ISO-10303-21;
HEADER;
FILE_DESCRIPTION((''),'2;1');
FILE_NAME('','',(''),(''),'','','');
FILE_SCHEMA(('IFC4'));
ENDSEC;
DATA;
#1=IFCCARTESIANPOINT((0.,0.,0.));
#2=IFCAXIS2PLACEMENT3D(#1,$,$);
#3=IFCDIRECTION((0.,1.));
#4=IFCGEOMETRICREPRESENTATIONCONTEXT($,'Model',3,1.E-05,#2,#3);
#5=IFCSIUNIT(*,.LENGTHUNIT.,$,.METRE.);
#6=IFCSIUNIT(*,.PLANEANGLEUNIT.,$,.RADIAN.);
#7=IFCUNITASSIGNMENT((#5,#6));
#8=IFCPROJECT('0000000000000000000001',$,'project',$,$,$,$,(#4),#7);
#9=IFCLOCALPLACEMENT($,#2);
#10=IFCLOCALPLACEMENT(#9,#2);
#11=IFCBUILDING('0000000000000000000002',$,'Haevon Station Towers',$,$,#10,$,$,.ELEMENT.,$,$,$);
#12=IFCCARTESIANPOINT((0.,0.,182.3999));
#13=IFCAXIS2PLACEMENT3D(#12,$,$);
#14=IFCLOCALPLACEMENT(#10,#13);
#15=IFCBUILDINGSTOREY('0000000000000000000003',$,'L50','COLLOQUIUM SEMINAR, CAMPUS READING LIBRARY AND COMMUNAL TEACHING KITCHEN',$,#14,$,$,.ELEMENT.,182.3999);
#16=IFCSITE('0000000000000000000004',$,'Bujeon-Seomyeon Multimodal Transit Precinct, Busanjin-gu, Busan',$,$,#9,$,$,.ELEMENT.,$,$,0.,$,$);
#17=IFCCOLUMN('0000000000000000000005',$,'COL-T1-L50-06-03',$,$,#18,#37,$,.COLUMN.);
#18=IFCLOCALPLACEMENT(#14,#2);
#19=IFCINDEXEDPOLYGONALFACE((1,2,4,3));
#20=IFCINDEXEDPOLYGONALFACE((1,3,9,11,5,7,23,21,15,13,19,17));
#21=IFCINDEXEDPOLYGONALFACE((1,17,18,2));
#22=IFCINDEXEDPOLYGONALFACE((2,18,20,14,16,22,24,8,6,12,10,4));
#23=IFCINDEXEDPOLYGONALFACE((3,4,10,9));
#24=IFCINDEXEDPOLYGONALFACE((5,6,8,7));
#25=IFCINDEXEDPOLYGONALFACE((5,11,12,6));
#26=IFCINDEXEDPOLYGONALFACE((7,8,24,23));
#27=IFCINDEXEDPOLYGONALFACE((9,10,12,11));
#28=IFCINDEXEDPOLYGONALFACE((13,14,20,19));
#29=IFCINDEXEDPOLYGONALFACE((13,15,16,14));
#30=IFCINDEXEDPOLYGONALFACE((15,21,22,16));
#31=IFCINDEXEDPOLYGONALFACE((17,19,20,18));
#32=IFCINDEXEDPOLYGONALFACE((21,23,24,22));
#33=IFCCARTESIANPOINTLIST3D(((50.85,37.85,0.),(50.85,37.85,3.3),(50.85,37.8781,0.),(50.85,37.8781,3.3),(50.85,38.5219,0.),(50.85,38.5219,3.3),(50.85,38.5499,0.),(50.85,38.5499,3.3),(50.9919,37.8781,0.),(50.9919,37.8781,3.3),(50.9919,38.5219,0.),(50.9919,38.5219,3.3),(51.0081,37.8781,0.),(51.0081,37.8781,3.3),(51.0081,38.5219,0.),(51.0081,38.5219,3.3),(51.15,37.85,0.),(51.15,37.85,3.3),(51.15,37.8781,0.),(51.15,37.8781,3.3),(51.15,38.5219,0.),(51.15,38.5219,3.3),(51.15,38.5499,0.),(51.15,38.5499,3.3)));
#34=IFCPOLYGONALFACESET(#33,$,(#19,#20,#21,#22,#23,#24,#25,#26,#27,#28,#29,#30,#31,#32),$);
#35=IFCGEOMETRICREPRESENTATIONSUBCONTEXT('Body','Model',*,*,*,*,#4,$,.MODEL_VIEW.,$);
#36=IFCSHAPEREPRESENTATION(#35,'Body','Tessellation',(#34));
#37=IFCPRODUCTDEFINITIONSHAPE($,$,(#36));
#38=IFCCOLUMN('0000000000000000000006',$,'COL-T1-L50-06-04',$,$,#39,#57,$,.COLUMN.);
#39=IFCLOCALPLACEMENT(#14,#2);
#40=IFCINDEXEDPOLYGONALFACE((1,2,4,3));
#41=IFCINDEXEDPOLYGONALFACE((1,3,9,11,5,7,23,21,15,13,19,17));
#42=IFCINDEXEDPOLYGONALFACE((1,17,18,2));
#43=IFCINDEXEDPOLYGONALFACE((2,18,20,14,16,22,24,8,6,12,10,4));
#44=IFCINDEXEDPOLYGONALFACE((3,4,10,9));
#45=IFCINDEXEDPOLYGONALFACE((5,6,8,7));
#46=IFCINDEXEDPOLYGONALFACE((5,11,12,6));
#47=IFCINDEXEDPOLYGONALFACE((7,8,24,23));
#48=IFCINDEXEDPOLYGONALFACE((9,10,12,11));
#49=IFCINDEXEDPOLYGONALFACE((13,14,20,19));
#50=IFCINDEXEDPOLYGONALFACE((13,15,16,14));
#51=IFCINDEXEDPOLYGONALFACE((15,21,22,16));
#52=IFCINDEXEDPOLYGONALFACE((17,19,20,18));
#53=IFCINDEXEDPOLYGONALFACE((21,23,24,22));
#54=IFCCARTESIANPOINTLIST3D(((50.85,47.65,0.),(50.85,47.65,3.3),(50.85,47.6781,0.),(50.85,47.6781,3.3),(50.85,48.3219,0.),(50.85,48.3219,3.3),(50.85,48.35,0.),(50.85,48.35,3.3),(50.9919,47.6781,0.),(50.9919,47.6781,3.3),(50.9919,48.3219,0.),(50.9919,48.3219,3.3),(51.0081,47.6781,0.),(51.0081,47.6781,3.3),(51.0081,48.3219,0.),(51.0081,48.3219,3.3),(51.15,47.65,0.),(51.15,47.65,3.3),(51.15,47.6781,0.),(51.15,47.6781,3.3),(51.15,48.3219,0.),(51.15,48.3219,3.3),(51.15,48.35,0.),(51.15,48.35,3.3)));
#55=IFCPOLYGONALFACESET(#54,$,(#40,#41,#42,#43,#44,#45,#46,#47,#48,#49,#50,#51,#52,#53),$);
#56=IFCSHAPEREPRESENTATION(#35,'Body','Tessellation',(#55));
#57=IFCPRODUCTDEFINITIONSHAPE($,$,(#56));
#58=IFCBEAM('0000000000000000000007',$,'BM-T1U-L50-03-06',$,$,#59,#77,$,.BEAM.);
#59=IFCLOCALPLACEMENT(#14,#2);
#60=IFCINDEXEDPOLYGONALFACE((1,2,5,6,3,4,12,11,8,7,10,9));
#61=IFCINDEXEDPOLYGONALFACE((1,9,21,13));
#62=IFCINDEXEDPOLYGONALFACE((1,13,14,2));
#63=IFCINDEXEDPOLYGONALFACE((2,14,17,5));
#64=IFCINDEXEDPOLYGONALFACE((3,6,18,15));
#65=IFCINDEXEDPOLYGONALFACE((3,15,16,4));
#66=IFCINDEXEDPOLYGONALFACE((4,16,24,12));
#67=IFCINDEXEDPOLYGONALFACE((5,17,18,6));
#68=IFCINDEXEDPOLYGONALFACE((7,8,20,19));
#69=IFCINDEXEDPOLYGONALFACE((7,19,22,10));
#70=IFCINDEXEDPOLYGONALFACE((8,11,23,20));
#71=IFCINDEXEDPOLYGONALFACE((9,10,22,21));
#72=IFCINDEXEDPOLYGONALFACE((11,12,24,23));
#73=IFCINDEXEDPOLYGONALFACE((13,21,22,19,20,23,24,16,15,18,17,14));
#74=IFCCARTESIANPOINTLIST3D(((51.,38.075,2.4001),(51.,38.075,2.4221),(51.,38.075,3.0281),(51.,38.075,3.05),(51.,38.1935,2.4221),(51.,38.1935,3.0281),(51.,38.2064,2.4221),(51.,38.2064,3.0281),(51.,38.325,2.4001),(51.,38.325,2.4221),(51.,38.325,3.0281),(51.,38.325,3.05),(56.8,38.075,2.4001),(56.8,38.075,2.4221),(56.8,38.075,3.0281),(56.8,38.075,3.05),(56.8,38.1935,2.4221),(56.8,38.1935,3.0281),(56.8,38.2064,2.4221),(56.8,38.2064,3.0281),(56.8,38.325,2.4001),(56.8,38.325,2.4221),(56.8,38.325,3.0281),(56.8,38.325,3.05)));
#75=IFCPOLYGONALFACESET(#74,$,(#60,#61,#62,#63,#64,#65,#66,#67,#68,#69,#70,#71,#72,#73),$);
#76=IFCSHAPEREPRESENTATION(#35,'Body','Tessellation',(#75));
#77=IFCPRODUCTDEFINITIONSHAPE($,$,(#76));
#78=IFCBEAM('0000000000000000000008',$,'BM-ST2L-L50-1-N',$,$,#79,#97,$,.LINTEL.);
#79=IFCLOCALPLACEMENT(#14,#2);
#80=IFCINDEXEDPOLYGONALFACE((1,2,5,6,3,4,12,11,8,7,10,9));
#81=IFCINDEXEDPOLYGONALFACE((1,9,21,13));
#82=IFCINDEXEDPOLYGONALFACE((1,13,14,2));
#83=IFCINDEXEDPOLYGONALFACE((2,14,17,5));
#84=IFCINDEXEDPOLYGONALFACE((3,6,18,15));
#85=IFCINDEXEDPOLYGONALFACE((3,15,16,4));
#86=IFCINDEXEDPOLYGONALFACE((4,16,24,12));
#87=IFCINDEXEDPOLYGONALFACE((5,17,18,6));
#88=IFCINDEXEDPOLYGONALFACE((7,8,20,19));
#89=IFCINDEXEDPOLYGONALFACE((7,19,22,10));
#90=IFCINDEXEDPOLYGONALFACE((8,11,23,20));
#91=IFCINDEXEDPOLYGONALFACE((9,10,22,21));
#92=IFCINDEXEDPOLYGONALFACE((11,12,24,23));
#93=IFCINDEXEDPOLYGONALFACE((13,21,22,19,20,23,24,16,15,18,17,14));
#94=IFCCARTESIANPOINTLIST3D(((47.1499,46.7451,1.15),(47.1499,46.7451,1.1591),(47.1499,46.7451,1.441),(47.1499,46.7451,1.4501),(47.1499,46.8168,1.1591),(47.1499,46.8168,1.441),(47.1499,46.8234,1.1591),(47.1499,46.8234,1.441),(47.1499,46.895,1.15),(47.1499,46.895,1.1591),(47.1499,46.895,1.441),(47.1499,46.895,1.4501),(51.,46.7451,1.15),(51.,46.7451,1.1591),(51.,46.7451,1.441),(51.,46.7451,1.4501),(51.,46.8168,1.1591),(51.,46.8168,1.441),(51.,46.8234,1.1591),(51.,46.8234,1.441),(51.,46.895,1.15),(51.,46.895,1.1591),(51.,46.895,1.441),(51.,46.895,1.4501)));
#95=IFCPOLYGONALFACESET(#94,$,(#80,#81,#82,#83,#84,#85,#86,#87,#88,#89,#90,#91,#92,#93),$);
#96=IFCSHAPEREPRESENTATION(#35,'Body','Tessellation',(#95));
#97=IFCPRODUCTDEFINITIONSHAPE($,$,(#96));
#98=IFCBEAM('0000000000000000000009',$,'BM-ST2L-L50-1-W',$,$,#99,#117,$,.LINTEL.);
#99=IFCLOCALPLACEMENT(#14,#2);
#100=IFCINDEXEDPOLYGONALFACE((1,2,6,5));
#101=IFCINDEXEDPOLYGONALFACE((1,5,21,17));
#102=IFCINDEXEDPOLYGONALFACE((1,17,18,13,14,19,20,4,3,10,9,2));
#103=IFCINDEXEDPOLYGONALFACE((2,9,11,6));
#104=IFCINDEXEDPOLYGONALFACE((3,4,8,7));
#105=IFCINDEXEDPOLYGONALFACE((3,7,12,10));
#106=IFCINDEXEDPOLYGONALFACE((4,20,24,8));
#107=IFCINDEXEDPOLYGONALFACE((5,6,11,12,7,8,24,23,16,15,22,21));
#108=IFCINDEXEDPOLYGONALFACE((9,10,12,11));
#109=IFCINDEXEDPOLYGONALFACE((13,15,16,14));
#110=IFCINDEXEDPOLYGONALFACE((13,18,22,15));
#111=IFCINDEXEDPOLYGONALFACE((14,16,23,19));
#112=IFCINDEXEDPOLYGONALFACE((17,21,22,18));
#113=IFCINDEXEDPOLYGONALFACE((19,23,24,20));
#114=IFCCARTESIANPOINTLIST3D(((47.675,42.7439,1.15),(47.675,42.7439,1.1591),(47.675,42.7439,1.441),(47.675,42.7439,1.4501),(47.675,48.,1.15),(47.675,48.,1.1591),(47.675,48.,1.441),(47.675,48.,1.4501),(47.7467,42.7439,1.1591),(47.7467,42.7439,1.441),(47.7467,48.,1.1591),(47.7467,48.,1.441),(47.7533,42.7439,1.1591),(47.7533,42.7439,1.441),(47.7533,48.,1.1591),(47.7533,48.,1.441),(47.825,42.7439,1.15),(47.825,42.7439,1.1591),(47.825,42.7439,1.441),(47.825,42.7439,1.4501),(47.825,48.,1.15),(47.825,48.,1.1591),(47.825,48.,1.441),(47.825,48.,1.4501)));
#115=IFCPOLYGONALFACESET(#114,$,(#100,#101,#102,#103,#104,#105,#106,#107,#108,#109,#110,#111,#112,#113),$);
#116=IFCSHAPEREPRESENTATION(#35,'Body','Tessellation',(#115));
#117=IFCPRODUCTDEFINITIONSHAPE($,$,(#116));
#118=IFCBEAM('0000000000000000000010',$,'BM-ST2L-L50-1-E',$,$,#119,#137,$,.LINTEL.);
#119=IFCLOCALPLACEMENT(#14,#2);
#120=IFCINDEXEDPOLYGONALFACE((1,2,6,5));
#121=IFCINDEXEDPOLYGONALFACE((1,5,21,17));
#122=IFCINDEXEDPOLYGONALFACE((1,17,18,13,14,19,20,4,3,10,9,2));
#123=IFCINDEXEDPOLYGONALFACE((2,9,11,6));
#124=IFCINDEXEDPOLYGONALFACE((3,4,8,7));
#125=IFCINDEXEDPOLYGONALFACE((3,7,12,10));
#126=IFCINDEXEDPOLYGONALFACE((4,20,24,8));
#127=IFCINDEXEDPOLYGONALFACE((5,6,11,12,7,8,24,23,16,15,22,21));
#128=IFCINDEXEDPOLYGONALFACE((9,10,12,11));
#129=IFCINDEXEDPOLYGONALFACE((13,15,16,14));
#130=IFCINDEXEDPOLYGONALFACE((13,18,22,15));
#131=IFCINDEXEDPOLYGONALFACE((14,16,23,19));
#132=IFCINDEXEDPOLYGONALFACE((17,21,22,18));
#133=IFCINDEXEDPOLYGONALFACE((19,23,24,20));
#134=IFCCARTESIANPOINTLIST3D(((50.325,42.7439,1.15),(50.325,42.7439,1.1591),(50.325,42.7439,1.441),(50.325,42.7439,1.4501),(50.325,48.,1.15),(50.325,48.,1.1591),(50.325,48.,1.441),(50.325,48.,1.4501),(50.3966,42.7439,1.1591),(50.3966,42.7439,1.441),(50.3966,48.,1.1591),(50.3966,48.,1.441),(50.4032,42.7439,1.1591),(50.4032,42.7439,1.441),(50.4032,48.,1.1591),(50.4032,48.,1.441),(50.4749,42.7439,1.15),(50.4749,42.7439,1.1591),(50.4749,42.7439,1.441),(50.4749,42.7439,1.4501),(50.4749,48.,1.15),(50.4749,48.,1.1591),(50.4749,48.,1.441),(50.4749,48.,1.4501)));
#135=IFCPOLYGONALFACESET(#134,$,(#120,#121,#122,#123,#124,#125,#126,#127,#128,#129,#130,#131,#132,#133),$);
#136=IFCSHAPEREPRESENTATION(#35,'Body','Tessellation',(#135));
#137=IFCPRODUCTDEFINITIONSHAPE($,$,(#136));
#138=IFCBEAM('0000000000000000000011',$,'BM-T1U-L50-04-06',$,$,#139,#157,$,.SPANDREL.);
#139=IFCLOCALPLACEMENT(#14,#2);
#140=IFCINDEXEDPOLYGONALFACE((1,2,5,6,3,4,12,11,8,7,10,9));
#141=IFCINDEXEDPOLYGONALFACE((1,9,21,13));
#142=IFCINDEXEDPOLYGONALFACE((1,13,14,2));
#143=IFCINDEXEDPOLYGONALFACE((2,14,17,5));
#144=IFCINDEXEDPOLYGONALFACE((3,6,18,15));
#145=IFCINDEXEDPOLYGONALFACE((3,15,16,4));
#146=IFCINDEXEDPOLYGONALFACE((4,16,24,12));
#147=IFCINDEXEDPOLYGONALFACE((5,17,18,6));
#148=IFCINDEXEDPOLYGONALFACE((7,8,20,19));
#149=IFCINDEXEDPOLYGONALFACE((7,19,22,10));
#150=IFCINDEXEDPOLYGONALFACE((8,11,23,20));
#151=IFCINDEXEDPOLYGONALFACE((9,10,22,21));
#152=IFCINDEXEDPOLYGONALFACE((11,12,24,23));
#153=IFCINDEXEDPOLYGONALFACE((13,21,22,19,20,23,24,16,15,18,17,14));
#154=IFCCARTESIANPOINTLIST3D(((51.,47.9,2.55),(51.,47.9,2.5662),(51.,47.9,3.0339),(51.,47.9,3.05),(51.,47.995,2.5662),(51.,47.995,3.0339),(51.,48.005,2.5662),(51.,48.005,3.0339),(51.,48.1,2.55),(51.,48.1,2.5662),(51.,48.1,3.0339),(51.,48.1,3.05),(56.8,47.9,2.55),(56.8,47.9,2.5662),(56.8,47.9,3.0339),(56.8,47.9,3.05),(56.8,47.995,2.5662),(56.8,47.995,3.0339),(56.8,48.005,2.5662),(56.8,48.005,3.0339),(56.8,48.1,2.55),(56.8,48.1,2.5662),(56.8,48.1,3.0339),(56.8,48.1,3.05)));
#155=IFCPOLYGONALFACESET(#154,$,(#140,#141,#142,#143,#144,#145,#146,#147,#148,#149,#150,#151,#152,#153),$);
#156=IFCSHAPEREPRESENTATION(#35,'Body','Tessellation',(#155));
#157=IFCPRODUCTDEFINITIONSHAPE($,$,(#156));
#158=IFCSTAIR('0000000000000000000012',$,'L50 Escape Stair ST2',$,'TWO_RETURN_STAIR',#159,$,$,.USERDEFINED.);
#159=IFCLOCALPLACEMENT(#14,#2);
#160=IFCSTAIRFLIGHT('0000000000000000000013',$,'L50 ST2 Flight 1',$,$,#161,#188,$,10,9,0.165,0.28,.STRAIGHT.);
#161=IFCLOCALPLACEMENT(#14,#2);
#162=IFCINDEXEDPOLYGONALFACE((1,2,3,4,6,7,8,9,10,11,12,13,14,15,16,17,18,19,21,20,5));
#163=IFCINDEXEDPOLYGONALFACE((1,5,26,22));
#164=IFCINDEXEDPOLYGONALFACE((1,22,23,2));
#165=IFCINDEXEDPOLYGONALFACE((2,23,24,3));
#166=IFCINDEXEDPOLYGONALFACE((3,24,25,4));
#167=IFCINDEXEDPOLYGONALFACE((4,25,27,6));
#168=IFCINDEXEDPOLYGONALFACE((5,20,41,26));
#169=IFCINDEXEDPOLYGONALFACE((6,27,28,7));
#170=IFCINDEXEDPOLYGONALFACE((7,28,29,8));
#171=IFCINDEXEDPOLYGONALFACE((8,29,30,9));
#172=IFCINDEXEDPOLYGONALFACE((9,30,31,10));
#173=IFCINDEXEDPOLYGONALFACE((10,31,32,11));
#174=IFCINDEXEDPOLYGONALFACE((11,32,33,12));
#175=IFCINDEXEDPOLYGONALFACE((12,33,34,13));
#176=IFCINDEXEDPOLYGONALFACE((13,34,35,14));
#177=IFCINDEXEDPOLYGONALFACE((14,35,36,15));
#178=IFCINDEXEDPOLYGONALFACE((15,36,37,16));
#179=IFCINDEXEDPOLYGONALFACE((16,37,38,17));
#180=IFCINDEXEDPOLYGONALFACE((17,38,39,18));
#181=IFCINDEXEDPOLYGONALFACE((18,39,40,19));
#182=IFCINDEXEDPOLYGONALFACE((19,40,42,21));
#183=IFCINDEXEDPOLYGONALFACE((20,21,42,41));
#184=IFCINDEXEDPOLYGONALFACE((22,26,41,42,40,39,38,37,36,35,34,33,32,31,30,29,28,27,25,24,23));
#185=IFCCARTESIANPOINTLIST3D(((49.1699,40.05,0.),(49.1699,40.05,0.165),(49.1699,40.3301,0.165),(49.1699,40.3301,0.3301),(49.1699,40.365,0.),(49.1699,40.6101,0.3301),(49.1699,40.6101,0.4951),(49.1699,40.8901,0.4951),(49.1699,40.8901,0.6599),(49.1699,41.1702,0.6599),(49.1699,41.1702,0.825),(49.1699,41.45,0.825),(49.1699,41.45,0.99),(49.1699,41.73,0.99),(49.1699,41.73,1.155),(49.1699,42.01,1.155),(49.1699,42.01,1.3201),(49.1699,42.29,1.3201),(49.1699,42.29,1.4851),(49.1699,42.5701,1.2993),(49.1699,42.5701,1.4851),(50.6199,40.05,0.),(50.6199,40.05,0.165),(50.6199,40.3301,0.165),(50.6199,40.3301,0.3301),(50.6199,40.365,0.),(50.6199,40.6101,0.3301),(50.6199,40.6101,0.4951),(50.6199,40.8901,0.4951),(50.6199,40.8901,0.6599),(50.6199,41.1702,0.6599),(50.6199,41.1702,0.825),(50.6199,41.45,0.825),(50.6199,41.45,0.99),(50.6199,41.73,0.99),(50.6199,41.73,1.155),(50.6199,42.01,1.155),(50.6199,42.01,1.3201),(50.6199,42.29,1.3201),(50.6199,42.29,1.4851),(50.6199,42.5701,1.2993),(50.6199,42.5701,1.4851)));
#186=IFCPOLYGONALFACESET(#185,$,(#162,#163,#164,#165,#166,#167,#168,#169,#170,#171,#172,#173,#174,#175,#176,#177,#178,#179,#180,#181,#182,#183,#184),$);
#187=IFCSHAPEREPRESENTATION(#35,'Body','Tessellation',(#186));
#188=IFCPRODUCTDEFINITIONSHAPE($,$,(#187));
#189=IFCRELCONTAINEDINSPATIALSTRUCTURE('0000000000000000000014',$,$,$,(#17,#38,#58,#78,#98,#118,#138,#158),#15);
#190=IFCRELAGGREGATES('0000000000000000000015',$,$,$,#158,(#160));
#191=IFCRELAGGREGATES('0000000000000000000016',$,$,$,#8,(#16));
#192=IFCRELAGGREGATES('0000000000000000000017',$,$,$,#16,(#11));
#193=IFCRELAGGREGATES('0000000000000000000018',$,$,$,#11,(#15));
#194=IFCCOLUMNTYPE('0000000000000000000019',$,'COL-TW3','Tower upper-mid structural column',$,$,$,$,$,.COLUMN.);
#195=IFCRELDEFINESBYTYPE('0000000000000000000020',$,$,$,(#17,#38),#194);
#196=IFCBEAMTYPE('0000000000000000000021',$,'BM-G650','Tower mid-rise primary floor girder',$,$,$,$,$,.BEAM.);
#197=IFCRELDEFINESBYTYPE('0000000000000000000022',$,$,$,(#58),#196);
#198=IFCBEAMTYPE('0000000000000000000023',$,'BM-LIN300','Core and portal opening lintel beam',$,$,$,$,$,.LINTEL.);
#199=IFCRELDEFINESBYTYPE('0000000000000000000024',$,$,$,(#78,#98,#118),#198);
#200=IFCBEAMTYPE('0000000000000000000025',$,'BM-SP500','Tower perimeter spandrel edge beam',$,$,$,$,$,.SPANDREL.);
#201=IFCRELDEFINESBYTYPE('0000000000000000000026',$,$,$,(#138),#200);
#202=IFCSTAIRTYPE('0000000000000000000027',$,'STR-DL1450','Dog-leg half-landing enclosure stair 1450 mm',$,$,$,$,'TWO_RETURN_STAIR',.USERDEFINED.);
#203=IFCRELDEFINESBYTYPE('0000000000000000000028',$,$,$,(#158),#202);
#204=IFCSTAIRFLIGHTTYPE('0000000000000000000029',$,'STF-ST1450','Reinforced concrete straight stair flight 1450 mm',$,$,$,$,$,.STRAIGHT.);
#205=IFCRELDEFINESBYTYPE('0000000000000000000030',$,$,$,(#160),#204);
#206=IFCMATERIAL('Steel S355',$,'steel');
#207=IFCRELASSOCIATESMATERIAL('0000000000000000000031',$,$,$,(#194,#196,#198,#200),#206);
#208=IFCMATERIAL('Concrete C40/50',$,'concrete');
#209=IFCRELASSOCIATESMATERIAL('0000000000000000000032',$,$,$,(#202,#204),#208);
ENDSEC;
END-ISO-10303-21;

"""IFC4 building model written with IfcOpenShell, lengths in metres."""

from ifc_helpers import new_model, si_unit, direction, frame, origin, origin_2d, place, context, subcontext, project, spatial, polyline, i_section, outline, extrude, material, material_profile, profile_set, type_object, element, aggregate, save


model = new_model("IFC4")

# Units and contexts
model_context = context("Model", 3, precision=1e-05, world=origin(), true_north=direction((0.0, 1.0)))
body_context = subcontext(model_context, "Body", "Model", "MODEL_VIEW")
ifc_project = project(units=[si_unit("LENGTHUNIT", "METRE"), si_unit("PLANEANGLEUNIT", "RADIAN")], contexts=[model_context])

# Site, building, storey
site_placement = place(None, origin())
site = spatial("IfcSite", under=ifc_project, at=site_placement, Name="Bujeon-Seomyeon Multimodal Transit Precinct, Busanjin-gu, Busan", CompositionType="ELEMENT", RefElevation=0.0)
building_placement = place(site_placement, origin())
building = spatial("IfcBuilding", under=site, at=building_placement, Name="Haevon Station Towers", CompositionType="ELEMENT")
storey_placement = place(building_placement, frame((0.0, 0.0, 182.3999)))
storey = spatial("IfcBuildingStorey", under=building, at=storey_placement, Name="L50", Description="COLLOQUIUM SEMINAR, CAMPUS READING LIBRARY AND COMMUNAL TEACHING KITCHEN", CompositionType="ELEMENT", Elevation=182.3999)

# Columns
ifc_material_1 = material(Name="Steel S355", Category="steel")
ifc_material_profile_1 = material_profile(ifc_material_1, i_section(OverallWidth=0.3, OverallDepth=0.7, WebThickness=0.0161, FlangeThickness=0.0281, at=origin_2d()), Name="H-700x300x16x28")
ifc_profile_set_1 = profile_set([ifc_material_profile_1], Name="Steel S355")
column_type = type_object("IfcColumnType", Name="COL-TW3", Description="Tower upper-mid structural column", PredefinedType="COLUMN", material=ifc_profile_set_1)
for number, where, z_axis, x_axis, name in (
    (1, (51.0, 38.2, 0.0), (0.0, 0.0, 1.0), (1.0, 0.0, 0.0), "COL-T1-L50-06-03"),
    (2, (51.0, 48.0, 0.0), (0.0, 0.0, 1.0), (1.0, 0.0, 0.0), "COL-T1-L50-06-04"),
):
    element("IfcColumn", number, at=place(storey_placement, frame(where, z_axis=z_axis, x_axis=x_axis)), inside=storey, type_object=column_type, Name=name, PredefinedType="COLUMN", context=body_context, shape_type="SweptSolid", body=[
        extrude(i_section(OverallWidth=0.3, OverallDepth=0.7, WebThickness=0.0161, FlangeThickness=0.0281, at=origin_2d()), origin(), (0.0, 0.0, 1.0), 3.3),
    ])

# Beams
ifc_material_profile_2 = material_profile(ifc_material_1, i_section(OverallWidth=0.25, OverallDepth=0.6499, WebThickness=0.0129, FlangeThickness=0.022, at=origin_2d()), Name="H-650x250x13x22")
ifc_profile_set_2 = profile_set([ifc_material_profile_2], Name="Steel S355")
beam_type_1 = type_object("IfcBeamType", Name="BM-G650", Description="Tower mid-rise primary floor girder", PredefinedType="BEAM", material=ifc_profile_set_2)
beam_1_placement = place(storey_placement, frame((51.0, 38.2, 2.7251), z_axis=(1.0, 0.0, 0.0), x_axis=(0.0, 1.0, 0.0)))
element("IfcBeam", 3, at=beam_1_placement, inside=storey, type_object=beam_type_1, Name="BM-T1U-L50-03-06", PredefinedType="BEAM", context=body_context, shape_type="SweptSolid", body=[
    extrude(i_section(OverallWidth=0.25, OverallDepth=0.6499, WebThickness=0.0129, FlangeThickness=0.022, at=origin_2d()), origin(), (0.0, 0.0, 1.0), 5.8),
])
ifc_material_profile_3 = material_profile(ifc_material_1, i_section(OverallWidth=0.1499, OverallDepth=0.3, WebThickness=0.0066, FlangeThickness=0.009, at=origin_2d()), Name="H-300x150x6.5x9")
ifc_profile_set_3 = profile_set([ifc_material_profile_3], Name="Steel S355")
beam_type_2 = type_object("IfcBeamType", Name="BM-LIN300", Description="Core and portal opening lintel beam", PredefinedType="LINTEL", material=ifc_profile_set_3)
beam_2_placement = place(storey_placement, frame((47.1499, 46.8201, 1.3), z_axis=(1.0, 0.0, 0.0), x_axis=(0.0, 1.0, 0.0)))
element("IfcBeam", 4, at=beam_2_placement, inside=storey, type_object=beam_type_2, Name="BM-ST2L-L50-1-N", PredefinedType="LINTEL", context=body_context, shape_type="SweptSolid", body=[
    extrude(i_section(OverallWidth=0.1499, OverallDepth=0.3, WebThickness=0.0066, FlangeThickness=0.009, at=origin_2d()), origin(), (0.0, 0.0, 1.0), 3.8501),
])
for number, where, z_axis, x_axis, name in (
    (5, (47.75, 42.7439, 1.3), (0.0, 1.0, 0.0), (-1.0, 0.0, 0.0), "BM-ST2L-L50-1-W"),
    (6, (50.3999, 42.7439, 1.3), (0.0, 1.0, 0.0), (-1.0, 0.0, 0.0), "BM-ST2L-L50-1-E"),
):
    element("IfcBeam", number, at=place(storey_placement, frame(where, z_axis=z_axis, x_axis=x_axis)), inside=storey, type_object=beam_type_2, Name=name, PredefinedType="LINTEL", context=body_context, shape_type="SweptSolid", body=[
        extrude(i_section(OverallWidth=0.1499, OverallDepth=0.3, WebThickness=0.0066, FlangeThickness=0.009, at=origin_2d()), origin(), (0.0, 0.0, 1.0), 5.2561),
    ])
ifc_material_profile_4 = material_profile(ifc_material_1, i_section(OverallWidth=0.2, OverallDepth=0.5, WebThickness=0.01, FlangeThickness=0.0161, at=origin_2d()), Name="H-500x200x10x16")
ifc_profile_set_4 = profile_set([ifc_material_profile_4], Name="Steel S355")
beam_type_3 = type_object("IfcBeamType", Name="BM-SP500", Description="Tower perimeter spandrel edge beam", PredefinedType="SPANDREL", material=ifc_profile_set_4)
beam_3_placement = place(storey_placement, frame((51.0, 48.0, 2.8), z_axis=(1.0, 0.0, 0.0), x_axis=(0.0, 1.0, 0.0)))
element("IfcBeam", 7, at=beam_3_placement, inside=storey, type_object=beam_type_3, Name="BM-T1U-L50-04-06", PredefinedType="SPANDREL", context=body_context, shape_type="SweptSolid", body=[
    extrude(i_section(OverallWidth=0.2, OverallDepth=0.5, WebThickness=0.01, FlangeThickness=0.0161, at=origin_2d()), origin(), (0.0, 0.0, 1.0), 5.8),
])

# Stair, stair flight
ifc_material_2 = material(Name="Concrete C40/50", Category="concrete")
stair_type = type_object("IfcStairType", Name="STR-DL1450", Description="Dog-leg half-landing enclosure stair 1450 mm", ElementType="TWO_RETURN_STAIR", PredefinedType="USERDEFINED", material=ifc_material_2)
stair_placement = place(storey_placement, origin())
stair = element("IfcStair", 8, at=stair_placement, inside=storey, type_object=stair_type, Name="L50 Escape Stair ST2", ObjectType="TWO_RETURN_STAIR", PredefinedType="USERDEFINED")
stair_flight_type = type_object("IfcStairFlightType", Name="STF-ST1450", Description="Reinforced concrete straight stair flight 1450 mm", PredefinedType="STRAIGHT", material=ifc_material_2)
stair_flight_1_placement = place(storey_placement, frame((49.895, 40.05, 0.0), z_axis=(0.0, 0.0, 1.0), x_axis=(0.0, 1.0, 0.0)))
stair_flight_1 = element("IfcStairFlight", 9, at=stair_flight_1_placement, type_object=stair_flight_type, Name="L50 ST2 Flight 1", NumberOfRisers=10, NumberOfTreads=9, PredefinedType="STRAIGHT", RiserHeight=0.165, TreadLength=0.28, context=body_context, shape_type="SweptSolid", body=[
    extrude(outline(polyline([(0.0, 0.0), (0.0, 0.165), (0.28, 0.165), (0.28, 0.3301), (0.5601, 0.3301), (0.5601, 0.4951), (0.8401, 0.4951), (0.8401, 0.6599), (1.1201, 0.6599), (1.1201, 0.825), (1.3999, 0.825), (1.3999, 0.99), (1.6799, 0.99), (1.6799, 1.155), (1.96, 1.155), (1.96, 1.3201), (2.24, 1.3201), (2.24, 1.4851), (2.52, 1.4851), (2.52, 1.6499), (2.52, 1.2993), (0.3149, 0.0), (0.0, 0.0)])), frame((0.0, 0.7251, 0.0), z_axis=(0.0, -1.0, 0.0), x_axis=(1.0, 0.0, 0.0)), (0.0, 0.0, 1.0), 1.45),
])
aggregate(stair, [stair_flight_1])

save(model, "model.ifc")
